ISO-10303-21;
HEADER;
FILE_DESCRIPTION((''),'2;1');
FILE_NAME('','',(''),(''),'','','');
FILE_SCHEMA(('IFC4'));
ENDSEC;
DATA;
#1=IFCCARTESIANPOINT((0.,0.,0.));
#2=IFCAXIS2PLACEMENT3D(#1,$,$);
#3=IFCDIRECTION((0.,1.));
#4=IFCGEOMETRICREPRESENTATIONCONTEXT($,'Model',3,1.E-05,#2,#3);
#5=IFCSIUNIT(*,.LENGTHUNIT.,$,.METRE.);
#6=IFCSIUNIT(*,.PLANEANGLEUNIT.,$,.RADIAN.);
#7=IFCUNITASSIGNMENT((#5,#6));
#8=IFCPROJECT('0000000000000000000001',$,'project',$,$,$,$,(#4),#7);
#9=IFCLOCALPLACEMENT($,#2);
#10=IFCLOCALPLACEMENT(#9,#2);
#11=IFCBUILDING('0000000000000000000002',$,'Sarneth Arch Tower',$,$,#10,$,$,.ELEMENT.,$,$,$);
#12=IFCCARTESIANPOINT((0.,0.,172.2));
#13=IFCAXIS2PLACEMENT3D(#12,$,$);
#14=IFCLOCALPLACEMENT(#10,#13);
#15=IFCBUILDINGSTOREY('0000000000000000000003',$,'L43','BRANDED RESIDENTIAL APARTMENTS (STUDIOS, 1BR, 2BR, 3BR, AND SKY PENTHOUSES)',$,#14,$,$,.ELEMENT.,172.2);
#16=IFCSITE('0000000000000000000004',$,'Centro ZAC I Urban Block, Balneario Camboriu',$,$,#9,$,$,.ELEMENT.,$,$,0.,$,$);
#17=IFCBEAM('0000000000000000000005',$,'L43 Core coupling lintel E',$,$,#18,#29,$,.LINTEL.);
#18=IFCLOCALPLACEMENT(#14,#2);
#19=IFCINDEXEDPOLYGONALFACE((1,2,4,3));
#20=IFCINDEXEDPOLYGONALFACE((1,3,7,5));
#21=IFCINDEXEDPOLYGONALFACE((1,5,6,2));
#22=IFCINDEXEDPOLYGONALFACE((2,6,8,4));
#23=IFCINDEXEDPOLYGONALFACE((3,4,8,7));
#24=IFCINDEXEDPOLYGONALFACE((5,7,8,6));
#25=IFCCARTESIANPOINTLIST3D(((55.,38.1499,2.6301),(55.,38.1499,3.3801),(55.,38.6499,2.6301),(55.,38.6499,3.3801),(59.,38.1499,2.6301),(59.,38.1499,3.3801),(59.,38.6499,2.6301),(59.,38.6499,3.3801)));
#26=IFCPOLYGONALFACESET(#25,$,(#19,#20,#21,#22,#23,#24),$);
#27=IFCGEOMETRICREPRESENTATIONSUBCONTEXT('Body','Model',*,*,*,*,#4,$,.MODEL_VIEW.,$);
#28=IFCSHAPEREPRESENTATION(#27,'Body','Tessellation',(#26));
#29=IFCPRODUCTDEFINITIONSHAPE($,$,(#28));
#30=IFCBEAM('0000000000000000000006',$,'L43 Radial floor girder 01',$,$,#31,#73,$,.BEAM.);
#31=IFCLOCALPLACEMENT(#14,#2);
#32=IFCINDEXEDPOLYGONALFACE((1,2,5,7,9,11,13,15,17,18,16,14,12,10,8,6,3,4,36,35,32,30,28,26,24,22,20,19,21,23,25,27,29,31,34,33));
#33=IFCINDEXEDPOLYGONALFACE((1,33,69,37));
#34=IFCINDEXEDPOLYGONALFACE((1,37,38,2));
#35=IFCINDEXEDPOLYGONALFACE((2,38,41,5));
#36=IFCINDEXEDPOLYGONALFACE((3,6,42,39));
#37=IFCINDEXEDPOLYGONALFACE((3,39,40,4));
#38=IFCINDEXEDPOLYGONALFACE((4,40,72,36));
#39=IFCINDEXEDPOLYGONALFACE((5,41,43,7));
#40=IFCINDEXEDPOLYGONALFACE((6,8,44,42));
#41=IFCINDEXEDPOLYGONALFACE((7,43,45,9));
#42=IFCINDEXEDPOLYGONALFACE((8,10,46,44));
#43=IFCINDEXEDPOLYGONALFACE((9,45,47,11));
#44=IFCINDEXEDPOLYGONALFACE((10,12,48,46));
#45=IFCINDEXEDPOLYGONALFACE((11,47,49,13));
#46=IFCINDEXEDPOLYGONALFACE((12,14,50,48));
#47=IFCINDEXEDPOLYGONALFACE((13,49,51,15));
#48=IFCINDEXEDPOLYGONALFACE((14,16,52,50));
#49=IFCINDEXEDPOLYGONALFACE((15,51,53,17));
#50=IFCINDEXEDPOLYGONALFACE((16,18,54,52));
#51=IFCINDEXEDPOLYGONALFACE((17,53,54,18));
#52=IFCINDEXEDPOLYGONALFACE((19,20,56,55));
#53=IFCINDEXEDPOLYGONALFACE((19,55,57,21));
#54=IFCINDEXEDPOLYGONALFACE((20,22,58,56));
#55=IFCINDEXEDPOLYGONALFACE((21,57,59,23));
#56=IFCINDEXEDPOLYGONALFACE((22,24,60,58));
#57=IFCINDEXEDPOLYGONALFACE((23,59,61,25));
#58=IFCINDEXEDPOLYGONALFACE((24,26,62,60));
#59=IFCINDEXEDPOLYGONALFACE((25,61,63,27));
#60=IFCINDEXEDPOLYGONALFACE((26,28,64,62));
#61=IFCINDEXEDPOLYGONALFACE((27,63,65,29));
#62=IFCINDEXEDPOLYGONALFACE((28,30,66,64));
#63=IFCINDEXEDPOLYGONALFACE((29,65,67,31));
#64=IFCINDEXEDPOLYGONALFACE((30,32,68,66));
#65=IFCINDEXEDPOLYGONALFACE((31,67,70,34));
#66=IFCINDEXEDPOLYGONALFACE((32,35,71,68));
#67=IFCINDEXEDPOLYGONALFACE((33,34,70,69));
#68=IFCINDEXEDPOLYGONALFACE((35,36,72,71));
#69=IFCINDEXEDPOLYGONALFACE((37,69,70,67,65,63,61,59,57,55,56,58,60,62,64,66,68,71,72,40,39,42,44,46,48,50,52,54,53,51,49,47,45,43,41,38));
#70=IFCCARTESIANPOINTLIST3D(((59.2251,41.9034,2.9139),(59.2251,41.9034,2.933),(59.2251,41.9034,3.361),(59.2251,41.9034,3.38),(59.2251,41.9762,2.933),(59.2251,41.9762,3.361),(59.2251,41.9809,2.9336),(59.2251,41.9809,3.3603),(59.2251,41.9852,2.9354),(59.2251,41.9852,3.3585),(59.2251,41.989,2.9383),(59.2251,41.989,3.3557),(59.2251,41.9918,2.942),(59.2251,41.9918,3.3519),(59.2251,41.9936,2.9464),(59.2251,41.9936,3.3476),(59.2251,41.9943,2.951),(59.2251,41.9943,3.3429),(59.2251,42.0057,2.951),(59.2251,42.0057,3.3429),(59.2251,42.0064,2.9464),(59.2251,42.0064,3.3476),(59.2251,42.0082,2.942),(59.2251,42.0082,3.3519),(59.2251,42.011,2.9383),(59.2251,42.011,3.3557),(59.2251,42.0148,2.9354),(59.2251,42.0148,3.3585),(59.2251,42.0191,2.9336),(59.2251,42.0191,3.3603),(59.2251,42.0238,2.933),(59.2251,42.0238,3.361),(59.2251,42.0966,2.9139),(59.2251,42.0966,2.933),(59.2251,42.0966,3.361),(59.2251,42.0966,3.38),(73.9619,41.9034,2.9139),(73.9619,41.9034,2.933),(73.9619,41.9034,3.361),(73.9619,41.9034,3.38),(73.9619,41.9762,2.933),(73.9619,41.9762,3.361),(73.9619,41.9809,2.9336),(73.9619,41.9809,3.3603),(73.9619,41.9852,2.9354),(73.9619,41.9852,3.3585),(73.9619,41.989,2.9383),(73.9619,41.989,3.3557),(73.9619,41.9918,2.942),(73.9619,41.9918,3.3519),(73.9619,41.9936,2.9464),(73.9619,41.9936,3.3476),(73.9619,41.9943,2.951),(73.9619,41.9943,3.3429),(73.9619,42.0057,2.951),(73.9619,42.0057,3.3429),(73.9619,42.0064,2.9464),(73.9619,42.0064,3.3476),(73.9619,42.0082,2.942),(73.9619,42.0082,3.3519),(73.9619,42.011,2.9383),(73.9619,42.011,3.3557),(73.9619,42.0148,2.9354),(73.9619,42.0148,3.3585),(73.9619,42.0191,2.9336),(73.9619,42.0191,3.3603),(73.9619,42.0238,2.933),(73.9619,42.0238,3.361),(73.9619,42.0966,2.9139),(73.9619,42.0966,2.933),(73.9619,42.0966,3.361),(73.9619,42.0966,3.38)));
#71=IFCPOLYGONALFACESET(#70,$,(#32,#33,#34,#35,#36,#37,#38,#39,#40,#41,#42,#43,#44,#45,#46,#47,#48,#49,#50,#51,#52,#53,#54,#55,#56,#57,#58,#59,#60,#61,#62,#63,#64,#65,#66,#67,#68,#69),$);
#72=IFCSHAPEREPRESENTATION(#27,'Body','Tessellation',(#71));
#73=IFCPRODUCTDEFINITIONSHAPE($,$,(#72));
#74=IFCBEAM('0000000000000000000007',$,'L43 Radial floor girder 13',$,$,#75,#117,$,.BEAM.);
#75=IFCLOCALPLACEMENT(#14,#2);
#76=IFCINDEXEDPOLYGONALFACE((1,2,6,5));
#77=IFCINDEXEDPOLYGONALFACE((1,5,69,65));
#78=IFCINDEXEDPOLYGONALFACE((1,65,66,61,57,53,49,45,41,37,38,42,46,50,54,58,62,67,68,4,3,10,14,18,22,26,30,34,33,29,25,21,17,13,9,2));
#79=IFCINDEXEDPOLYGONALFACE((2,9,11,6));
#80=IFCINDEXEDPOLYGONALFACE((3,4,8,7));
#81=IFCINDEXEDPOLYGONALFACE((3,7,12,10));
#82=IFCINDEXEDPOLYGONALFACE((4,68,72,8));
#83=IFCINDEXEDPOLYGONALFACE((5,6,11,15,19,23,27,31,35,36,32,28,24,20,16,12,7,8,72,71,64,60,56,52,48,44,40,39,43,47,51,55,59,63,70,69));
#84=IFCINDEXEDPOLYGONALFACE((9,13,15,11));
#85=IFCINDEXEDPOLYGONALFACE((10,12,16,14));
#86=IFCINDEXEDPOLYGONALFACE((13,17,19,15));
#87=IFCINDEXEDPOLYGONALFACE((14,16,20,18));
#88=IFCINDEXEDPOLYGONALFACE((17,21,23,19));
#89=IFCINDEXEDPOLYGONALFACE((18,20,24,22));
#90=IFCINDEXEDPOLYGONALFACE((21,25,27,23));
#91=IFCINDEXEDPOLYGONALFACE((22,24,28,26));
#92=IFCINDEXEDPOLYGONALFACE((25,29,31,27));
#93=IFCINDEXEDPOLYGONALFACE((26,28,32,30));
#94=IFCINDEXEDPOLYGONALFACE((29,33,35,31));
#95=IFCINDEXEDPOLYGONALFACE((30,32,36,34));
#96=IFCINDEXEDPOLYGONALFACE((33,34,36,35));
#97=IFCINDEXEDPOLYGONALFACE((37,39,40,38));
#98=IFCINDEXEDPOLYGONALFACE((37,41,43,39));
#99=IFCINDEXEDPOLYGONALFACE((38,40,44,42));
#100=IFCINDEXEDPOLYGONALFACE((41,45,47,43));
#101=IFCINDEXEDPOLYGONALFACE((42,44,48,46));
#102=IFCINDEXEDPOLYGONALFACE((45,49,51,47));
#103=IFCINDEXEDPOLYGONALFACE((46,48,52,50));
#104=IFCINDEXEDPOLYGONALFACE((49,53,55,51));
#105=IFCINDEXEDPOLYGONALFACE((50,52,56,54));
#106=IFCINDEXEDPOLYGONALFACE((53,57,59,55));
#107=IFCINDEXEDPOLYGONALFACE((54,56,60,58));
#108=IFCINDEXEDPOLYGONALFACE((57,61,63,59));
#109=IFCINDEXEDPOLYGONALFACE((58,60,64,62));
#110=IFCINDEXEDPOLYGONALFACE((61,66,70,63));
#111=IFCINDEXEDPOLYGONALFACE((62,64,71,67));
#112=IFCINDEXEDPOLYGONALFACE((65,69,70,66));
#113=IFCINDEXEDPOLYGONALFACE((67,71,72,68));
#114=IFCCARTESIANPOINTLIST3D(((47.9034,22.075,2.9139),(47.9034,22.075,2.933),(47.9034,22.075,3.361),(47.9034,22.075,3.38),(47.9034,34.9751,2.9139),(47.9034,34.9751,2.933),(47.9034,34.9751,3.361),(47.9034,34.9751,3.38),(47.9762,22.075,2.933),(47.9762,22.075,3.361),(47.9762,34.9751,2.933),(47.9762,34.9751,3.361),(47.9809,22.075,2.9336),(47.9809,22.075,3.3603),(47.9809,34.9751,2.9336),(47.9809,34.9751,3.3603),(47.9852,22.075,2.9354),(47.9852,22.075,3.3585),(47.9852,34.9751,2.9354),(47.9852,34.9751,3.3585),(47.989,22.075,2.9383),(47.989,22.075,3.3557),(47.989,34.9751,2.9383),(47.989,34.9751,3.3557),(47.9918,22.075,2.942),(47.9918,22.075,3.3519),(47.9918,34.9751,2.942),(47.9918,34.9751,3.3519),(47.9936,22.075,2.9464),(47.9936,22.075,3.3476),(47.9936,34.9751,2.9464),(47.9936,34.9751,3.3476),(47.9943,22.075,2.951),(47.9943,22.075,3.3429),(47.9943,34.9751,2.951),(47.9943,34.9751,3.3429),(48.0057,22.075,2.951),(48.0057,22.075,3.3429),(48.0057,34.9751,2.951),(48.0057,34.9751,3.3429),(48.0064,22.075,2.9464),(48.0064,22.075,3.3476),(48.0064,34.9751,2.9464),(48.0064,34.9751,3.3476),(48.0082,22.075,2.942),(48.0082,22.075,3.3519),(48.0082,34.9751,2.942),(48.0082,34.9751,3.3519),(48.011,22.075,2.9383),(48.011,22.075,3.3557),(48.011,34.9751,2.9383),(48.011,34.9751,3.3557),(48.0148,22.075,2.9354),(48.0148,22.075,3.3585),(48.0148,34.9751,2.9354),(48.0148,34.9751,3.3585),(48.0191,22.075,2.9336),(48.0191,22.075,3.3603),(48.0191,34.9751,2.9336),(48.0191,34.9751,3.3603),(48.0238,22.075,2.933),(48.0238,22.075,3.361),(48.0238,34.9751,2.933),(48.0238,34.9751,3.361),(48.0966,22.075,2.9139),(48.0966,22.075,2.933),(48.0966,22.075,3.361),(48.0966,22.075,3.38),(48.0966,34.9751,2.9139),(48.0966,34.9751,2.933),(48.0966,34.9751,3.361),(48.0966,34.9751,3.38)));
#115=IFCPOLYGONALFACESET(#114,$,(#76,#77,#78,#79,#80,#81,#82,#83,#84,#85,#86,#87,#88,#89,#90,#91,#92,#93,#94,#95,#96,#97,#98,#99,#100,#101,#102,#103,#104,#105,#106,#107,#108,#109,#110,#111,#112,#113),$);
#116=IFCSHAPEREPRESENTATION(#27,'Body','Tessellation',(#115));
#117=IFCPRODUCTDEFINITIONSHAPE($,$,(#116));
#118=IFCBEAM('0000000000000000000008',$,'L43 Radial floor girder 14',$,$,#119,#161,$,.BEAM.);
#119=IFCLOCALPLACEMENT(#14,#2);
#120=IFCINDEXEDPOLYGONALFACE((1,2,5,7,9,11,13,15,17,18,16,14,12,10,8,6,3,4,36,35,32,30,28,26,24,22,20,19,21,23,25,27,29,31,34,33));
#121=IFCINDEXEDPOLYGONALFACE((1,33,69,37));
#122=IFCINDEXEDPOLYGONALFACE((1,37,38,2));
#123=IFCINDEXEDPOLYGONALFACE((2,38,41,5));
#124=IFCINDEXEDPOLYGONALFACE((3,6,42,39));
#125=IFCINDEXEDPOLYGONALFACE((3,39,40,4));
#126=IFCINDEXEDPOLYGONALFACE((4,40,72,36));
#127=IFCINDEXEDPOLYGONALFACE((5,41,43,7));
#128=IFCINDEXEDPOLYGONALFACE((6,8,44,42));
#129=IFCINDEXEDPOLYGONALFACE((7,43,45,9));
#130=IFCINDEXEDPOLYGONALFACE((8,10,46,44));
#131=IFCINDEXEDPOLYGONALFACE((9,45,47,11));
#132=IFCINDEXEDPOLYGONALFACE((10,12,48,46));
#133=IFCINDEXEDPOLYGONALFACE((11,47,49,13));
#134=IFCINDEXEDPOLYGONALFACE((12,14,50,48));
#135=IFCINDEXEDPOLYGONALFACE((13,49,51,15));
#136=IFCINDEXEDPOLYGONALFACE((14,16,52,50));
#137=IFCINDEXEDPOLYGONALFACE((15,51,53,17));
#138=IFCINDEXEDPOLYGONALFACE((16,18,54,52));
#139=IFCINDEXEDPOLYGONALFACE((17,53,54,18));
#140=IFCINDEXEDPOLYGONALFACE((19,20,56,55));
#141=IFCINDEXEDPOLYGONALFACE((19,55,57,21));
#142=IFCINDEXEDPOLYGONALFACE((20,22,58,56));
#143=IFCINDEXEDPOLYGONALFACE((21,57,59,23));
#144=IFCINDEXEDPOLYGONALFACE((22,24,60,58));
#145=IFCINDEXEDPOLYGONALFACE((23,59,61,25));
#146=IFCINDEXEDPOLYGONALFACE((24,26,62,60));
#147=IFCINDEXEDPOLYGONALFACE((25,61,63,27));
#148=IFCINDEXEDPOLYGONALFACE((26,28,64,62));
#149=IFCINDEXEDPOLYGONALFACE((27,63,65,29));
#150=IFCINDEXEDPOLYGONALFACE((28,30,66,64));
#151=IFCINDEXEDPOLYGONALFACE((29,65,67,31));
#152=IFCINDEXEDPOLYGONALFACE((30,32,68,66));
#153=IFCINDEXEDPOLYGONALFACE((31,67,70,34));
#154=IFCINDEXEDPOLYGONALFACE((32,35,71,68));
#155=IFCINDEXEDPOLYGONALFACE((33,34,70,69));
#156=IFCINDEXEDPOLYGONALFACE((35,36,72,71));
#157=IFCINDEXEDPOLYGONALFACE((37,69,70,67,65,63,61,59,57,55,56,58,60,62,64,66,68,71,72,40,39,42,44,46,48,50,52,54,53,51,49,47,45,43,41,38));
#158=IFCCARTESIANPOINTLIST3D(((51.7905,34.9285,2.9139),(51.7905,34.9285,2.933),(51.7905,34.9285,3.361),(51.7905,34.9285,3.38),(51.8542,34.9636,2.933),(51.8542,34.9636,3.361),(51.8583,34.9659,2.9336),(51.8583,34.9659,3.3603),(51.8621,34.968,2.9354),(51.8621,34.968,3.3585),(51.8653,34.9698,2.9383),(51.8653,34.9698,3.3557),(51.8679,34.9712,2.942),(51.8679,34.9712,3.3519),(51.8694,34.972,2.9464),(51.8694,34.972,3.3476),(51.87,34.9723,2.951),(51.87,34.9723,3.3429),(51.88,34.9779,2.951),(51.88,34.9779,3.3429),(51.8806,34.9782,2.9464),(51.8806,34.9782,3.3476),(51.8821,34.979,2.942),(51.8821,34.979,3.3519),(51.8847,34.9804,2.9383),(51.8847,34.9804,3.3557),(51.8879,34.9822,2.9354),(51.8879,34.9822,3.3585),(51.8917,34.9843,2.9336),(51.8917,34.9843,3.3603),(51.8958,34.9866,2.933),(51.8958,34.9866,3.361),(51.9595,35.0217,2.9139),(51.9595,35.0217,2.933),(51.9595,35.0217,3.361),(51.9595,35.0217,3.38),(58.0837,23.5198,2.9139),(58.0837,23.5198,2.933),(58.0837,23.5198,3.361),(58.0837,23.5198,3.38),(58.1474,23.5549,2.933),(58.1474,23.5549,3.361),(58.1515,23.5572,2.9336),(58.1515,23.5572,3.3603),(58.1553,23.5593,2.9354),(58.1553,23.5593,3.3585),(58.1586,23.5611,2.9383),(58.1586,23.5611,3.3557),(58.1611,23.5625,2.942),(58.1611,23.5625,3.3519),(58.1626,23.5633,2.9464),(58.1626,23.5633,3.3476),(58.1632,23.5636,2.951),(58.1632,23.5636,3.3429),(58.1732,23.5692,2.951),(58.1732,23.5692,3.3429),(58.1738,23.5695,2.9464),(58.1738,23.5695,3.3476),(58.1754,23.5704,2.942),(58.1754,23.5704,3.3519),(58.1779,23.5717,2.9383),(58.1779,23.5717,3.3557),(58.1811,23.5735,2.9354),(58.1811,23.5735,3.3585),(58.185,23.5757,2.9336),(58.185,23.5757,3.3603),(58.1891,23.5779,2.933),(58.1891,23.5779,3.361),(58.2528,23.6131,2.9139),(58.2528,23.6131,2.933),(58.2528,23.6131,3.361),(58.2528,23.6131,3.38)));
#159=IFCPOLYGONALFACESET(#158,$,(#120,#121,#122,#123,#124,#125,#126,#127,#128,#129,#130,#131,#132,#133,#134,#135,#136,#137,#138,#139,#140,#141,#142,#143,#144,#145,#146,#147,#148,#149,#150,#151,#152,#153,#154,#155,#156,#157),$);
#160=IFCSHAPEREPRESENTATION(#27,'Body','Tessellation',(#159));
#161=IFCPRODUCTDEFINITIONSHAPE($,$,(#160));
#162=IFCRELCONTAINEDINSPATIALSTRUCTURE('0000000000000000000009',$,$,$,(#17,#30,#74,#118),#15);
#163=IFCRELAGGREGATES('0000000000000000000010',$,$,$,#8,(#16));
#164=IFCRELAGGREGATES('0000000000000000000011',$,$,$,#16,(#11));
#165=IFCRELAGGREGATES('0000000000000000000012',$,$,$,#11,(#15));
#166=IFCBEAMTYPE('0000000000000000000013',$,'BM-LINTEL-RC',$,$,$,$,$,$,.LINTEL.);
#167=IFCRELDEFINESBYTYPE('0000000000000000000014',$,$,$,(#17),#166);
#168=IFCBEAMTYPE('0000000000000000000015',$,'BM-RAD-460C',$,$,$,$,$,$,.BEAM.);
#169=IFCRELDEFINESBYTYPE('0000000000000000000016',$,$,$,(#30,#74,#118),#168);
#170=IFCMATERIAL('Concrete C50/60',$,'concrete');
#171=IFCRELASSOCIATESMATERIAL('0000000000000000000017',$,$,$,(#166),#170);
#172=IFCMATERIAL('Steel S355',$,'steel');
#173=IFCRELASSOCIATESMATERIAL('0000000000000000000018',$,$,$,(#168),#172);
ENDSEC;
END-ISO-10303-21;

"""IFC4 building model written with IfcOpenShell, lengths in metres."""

from ifc_helpers import new_model, si_unit, direction, frame, origin, origin_2d, place, context, subcontext, project, spatial, rectangle, i_section, extrude, material, material_profile, profile_set, type_object, element, save


model = new_model("IFC4")

# Units and contexts
model_context = context("Model", 3, precision=1e-05, world=origin(), true_north=direction((0.0, 1.0)))
body_context = subcontext(model_context, "Body", "Model", "MODEL_VIEW")
ifc_project = project(units=[si_unit("LENGTHUNIT", "METRE"), si_unit("PLANEANGLEUNIT", "RADIAN")], contexts=[model_context])

# Site, building, storey
site_placement = place(None, origin())
site = spatial("IfcSite", under=ifc_project, at=site_placement, Name="Centro ZAC I Urban Block, Balneario Camboriu", CompositionType="ELEMENT", RefElevation=0.0)
building_placement = place(site_placement, origin())
building = spatial("IfcBuilding", under=site, at=building_placement, Name="Sarneth Arch Tower", CompositionType="ELEMENT")
storey_placement = place(building_placement, frame((0.0, 0.0, 172.2)))
storey = spatial("IfcBuildingStorey", under=building, at=storey_placement, Name="L43", Description="BRANDED RESIDENTIAL APARTMENTS (STUDIOS, 1BR, 2BR, 3BR, AND SKY PENTHOUSES)", CompositionType="ELEMENT", Elevation=172.2)

# Beams
ifc_material_1 = material(Name="Concrete C50/60", Category="concrete")
ifc_material_profile_1 = material_profile(ifc_material_1, rectangle(XDim=0.5, YDim=0.75, at=origin_2d()), Name="RC-500x750")
ifc_profile_set_1 = profile_set([ifc_material_profile_1], Name="Concrete C50/60")
beam_type_1 = type_object("IfcBeamType", Name="BM-LINTEL-RC", PredefinedType="LINTEL", material=ifc_profile_set_1)
beam_1_placement = place(storey_placement, frame((55.0, 38.3999, 3.0051), z_axis=(1.0, 0.0, 0.0), x_axis=(0.0, 1.0, 0.0)))
element("IfcBeam", 1, at=beam_1_placement, inside=storey, type_object=beam_type_1, Name="L43 Core coupling lintel E", PredefinedType="LINTEL", context=body_context, shape_type="SweptSolid", body=[
    extrude(rectangle(XDim=0.5, YDim=0.75, at=origin_2d()), origin(), (0.0, 0.0, 1.0), 4.0),
])
ifc_material_2 = material(Name="Steel S355", Category="steel")
ifc_material_profile_2 = material_profile(ifc_material_2, i_section(OverallWidth=0.1931, OverallDepth=0.4661, WebThickness=0.0115, FlangeThickness=0.019, FilletRadius=0.0181, at=origin_2d()), Name="W460x97")
ifc_profile_set_2 = profile_set([ifc_material_profile_2], Name="Steel S355")
beam_type_2 = type_object("IfcBeamType", Name="BM-RAD-460C", PredefinedType="BEAM", material=ifc_profile_set_2)
beam_2_placement = place(storey_placement, frame((59.2251, 42.0, 3.147), z_axis=(1.0, 0.0, 0.0), x_axis=(0.0, 1.0, 0.0)))
element("IfcBeam", 2, at=beam_2_placement, inside=storey, type_object=beam_type_2, Name="L43 Radial floor girder 01", PredefinedType="BEAM", context=body_context, shape_type="SweptSolid", body=[
    extrude(i_section(OverallWidth=0.1931, OverallDepth=0.4661, WebThickness=0.0115, FlangeThickness=0.019, FilletRadius=0.0181, at=origin_2d()), origin(), (0.0, 0.0, 1.0), 14.7368),
])
beam_3_placement = place(storey_placement, frame((48.0, 34.9751, 3.147), z_axis=(0.0, -1.0, 0.0), x_axis=(1.0, 0.0, 0.0)))
element("IfcBeam", 3, at=beam_3_placement, inside=storey, type_object=beam_type_2, Name="L43 Radial floor girder 13", PredefinedType="BEAM", context=body_context, shape_type="SweptSolid", body=[
    extrude(i_section(OverallWidth=0.1931, OverallDepth=0.4661, WebThickness=0.0115, FlangeThickness=0.019, FilletRadius=0.0181, at=origin_2d()), origin(), (0.0, 0.0, 1.0), 12.9001),
])
beam_4_placement = place(storey_placement, frame((51.875, 34.9751, 3.147), z_axis=(0.483005, -0.875618, 0.0), x_axis=(0.875618, 0.483005, 0.0)))
element("IfcBeam", 4, at=beam_4_placement, inside=storey, type_object=beam_type_2, Name="L43 Radial floor girder 14", PredefinedType="BEAM", context=body_context, shape_type="SweptSolid", body=[
    extrude(i_section(OverallWidth=0.1931, OverallDepth=0.4661, WebThickness=0.0115, FlangeThickness=0.019, FilletRadius=0.0181, at=origin_2d()), origin(), (0.0, 0.0, 1.0), 13.0293),
])

save(model, "model.ifc")
